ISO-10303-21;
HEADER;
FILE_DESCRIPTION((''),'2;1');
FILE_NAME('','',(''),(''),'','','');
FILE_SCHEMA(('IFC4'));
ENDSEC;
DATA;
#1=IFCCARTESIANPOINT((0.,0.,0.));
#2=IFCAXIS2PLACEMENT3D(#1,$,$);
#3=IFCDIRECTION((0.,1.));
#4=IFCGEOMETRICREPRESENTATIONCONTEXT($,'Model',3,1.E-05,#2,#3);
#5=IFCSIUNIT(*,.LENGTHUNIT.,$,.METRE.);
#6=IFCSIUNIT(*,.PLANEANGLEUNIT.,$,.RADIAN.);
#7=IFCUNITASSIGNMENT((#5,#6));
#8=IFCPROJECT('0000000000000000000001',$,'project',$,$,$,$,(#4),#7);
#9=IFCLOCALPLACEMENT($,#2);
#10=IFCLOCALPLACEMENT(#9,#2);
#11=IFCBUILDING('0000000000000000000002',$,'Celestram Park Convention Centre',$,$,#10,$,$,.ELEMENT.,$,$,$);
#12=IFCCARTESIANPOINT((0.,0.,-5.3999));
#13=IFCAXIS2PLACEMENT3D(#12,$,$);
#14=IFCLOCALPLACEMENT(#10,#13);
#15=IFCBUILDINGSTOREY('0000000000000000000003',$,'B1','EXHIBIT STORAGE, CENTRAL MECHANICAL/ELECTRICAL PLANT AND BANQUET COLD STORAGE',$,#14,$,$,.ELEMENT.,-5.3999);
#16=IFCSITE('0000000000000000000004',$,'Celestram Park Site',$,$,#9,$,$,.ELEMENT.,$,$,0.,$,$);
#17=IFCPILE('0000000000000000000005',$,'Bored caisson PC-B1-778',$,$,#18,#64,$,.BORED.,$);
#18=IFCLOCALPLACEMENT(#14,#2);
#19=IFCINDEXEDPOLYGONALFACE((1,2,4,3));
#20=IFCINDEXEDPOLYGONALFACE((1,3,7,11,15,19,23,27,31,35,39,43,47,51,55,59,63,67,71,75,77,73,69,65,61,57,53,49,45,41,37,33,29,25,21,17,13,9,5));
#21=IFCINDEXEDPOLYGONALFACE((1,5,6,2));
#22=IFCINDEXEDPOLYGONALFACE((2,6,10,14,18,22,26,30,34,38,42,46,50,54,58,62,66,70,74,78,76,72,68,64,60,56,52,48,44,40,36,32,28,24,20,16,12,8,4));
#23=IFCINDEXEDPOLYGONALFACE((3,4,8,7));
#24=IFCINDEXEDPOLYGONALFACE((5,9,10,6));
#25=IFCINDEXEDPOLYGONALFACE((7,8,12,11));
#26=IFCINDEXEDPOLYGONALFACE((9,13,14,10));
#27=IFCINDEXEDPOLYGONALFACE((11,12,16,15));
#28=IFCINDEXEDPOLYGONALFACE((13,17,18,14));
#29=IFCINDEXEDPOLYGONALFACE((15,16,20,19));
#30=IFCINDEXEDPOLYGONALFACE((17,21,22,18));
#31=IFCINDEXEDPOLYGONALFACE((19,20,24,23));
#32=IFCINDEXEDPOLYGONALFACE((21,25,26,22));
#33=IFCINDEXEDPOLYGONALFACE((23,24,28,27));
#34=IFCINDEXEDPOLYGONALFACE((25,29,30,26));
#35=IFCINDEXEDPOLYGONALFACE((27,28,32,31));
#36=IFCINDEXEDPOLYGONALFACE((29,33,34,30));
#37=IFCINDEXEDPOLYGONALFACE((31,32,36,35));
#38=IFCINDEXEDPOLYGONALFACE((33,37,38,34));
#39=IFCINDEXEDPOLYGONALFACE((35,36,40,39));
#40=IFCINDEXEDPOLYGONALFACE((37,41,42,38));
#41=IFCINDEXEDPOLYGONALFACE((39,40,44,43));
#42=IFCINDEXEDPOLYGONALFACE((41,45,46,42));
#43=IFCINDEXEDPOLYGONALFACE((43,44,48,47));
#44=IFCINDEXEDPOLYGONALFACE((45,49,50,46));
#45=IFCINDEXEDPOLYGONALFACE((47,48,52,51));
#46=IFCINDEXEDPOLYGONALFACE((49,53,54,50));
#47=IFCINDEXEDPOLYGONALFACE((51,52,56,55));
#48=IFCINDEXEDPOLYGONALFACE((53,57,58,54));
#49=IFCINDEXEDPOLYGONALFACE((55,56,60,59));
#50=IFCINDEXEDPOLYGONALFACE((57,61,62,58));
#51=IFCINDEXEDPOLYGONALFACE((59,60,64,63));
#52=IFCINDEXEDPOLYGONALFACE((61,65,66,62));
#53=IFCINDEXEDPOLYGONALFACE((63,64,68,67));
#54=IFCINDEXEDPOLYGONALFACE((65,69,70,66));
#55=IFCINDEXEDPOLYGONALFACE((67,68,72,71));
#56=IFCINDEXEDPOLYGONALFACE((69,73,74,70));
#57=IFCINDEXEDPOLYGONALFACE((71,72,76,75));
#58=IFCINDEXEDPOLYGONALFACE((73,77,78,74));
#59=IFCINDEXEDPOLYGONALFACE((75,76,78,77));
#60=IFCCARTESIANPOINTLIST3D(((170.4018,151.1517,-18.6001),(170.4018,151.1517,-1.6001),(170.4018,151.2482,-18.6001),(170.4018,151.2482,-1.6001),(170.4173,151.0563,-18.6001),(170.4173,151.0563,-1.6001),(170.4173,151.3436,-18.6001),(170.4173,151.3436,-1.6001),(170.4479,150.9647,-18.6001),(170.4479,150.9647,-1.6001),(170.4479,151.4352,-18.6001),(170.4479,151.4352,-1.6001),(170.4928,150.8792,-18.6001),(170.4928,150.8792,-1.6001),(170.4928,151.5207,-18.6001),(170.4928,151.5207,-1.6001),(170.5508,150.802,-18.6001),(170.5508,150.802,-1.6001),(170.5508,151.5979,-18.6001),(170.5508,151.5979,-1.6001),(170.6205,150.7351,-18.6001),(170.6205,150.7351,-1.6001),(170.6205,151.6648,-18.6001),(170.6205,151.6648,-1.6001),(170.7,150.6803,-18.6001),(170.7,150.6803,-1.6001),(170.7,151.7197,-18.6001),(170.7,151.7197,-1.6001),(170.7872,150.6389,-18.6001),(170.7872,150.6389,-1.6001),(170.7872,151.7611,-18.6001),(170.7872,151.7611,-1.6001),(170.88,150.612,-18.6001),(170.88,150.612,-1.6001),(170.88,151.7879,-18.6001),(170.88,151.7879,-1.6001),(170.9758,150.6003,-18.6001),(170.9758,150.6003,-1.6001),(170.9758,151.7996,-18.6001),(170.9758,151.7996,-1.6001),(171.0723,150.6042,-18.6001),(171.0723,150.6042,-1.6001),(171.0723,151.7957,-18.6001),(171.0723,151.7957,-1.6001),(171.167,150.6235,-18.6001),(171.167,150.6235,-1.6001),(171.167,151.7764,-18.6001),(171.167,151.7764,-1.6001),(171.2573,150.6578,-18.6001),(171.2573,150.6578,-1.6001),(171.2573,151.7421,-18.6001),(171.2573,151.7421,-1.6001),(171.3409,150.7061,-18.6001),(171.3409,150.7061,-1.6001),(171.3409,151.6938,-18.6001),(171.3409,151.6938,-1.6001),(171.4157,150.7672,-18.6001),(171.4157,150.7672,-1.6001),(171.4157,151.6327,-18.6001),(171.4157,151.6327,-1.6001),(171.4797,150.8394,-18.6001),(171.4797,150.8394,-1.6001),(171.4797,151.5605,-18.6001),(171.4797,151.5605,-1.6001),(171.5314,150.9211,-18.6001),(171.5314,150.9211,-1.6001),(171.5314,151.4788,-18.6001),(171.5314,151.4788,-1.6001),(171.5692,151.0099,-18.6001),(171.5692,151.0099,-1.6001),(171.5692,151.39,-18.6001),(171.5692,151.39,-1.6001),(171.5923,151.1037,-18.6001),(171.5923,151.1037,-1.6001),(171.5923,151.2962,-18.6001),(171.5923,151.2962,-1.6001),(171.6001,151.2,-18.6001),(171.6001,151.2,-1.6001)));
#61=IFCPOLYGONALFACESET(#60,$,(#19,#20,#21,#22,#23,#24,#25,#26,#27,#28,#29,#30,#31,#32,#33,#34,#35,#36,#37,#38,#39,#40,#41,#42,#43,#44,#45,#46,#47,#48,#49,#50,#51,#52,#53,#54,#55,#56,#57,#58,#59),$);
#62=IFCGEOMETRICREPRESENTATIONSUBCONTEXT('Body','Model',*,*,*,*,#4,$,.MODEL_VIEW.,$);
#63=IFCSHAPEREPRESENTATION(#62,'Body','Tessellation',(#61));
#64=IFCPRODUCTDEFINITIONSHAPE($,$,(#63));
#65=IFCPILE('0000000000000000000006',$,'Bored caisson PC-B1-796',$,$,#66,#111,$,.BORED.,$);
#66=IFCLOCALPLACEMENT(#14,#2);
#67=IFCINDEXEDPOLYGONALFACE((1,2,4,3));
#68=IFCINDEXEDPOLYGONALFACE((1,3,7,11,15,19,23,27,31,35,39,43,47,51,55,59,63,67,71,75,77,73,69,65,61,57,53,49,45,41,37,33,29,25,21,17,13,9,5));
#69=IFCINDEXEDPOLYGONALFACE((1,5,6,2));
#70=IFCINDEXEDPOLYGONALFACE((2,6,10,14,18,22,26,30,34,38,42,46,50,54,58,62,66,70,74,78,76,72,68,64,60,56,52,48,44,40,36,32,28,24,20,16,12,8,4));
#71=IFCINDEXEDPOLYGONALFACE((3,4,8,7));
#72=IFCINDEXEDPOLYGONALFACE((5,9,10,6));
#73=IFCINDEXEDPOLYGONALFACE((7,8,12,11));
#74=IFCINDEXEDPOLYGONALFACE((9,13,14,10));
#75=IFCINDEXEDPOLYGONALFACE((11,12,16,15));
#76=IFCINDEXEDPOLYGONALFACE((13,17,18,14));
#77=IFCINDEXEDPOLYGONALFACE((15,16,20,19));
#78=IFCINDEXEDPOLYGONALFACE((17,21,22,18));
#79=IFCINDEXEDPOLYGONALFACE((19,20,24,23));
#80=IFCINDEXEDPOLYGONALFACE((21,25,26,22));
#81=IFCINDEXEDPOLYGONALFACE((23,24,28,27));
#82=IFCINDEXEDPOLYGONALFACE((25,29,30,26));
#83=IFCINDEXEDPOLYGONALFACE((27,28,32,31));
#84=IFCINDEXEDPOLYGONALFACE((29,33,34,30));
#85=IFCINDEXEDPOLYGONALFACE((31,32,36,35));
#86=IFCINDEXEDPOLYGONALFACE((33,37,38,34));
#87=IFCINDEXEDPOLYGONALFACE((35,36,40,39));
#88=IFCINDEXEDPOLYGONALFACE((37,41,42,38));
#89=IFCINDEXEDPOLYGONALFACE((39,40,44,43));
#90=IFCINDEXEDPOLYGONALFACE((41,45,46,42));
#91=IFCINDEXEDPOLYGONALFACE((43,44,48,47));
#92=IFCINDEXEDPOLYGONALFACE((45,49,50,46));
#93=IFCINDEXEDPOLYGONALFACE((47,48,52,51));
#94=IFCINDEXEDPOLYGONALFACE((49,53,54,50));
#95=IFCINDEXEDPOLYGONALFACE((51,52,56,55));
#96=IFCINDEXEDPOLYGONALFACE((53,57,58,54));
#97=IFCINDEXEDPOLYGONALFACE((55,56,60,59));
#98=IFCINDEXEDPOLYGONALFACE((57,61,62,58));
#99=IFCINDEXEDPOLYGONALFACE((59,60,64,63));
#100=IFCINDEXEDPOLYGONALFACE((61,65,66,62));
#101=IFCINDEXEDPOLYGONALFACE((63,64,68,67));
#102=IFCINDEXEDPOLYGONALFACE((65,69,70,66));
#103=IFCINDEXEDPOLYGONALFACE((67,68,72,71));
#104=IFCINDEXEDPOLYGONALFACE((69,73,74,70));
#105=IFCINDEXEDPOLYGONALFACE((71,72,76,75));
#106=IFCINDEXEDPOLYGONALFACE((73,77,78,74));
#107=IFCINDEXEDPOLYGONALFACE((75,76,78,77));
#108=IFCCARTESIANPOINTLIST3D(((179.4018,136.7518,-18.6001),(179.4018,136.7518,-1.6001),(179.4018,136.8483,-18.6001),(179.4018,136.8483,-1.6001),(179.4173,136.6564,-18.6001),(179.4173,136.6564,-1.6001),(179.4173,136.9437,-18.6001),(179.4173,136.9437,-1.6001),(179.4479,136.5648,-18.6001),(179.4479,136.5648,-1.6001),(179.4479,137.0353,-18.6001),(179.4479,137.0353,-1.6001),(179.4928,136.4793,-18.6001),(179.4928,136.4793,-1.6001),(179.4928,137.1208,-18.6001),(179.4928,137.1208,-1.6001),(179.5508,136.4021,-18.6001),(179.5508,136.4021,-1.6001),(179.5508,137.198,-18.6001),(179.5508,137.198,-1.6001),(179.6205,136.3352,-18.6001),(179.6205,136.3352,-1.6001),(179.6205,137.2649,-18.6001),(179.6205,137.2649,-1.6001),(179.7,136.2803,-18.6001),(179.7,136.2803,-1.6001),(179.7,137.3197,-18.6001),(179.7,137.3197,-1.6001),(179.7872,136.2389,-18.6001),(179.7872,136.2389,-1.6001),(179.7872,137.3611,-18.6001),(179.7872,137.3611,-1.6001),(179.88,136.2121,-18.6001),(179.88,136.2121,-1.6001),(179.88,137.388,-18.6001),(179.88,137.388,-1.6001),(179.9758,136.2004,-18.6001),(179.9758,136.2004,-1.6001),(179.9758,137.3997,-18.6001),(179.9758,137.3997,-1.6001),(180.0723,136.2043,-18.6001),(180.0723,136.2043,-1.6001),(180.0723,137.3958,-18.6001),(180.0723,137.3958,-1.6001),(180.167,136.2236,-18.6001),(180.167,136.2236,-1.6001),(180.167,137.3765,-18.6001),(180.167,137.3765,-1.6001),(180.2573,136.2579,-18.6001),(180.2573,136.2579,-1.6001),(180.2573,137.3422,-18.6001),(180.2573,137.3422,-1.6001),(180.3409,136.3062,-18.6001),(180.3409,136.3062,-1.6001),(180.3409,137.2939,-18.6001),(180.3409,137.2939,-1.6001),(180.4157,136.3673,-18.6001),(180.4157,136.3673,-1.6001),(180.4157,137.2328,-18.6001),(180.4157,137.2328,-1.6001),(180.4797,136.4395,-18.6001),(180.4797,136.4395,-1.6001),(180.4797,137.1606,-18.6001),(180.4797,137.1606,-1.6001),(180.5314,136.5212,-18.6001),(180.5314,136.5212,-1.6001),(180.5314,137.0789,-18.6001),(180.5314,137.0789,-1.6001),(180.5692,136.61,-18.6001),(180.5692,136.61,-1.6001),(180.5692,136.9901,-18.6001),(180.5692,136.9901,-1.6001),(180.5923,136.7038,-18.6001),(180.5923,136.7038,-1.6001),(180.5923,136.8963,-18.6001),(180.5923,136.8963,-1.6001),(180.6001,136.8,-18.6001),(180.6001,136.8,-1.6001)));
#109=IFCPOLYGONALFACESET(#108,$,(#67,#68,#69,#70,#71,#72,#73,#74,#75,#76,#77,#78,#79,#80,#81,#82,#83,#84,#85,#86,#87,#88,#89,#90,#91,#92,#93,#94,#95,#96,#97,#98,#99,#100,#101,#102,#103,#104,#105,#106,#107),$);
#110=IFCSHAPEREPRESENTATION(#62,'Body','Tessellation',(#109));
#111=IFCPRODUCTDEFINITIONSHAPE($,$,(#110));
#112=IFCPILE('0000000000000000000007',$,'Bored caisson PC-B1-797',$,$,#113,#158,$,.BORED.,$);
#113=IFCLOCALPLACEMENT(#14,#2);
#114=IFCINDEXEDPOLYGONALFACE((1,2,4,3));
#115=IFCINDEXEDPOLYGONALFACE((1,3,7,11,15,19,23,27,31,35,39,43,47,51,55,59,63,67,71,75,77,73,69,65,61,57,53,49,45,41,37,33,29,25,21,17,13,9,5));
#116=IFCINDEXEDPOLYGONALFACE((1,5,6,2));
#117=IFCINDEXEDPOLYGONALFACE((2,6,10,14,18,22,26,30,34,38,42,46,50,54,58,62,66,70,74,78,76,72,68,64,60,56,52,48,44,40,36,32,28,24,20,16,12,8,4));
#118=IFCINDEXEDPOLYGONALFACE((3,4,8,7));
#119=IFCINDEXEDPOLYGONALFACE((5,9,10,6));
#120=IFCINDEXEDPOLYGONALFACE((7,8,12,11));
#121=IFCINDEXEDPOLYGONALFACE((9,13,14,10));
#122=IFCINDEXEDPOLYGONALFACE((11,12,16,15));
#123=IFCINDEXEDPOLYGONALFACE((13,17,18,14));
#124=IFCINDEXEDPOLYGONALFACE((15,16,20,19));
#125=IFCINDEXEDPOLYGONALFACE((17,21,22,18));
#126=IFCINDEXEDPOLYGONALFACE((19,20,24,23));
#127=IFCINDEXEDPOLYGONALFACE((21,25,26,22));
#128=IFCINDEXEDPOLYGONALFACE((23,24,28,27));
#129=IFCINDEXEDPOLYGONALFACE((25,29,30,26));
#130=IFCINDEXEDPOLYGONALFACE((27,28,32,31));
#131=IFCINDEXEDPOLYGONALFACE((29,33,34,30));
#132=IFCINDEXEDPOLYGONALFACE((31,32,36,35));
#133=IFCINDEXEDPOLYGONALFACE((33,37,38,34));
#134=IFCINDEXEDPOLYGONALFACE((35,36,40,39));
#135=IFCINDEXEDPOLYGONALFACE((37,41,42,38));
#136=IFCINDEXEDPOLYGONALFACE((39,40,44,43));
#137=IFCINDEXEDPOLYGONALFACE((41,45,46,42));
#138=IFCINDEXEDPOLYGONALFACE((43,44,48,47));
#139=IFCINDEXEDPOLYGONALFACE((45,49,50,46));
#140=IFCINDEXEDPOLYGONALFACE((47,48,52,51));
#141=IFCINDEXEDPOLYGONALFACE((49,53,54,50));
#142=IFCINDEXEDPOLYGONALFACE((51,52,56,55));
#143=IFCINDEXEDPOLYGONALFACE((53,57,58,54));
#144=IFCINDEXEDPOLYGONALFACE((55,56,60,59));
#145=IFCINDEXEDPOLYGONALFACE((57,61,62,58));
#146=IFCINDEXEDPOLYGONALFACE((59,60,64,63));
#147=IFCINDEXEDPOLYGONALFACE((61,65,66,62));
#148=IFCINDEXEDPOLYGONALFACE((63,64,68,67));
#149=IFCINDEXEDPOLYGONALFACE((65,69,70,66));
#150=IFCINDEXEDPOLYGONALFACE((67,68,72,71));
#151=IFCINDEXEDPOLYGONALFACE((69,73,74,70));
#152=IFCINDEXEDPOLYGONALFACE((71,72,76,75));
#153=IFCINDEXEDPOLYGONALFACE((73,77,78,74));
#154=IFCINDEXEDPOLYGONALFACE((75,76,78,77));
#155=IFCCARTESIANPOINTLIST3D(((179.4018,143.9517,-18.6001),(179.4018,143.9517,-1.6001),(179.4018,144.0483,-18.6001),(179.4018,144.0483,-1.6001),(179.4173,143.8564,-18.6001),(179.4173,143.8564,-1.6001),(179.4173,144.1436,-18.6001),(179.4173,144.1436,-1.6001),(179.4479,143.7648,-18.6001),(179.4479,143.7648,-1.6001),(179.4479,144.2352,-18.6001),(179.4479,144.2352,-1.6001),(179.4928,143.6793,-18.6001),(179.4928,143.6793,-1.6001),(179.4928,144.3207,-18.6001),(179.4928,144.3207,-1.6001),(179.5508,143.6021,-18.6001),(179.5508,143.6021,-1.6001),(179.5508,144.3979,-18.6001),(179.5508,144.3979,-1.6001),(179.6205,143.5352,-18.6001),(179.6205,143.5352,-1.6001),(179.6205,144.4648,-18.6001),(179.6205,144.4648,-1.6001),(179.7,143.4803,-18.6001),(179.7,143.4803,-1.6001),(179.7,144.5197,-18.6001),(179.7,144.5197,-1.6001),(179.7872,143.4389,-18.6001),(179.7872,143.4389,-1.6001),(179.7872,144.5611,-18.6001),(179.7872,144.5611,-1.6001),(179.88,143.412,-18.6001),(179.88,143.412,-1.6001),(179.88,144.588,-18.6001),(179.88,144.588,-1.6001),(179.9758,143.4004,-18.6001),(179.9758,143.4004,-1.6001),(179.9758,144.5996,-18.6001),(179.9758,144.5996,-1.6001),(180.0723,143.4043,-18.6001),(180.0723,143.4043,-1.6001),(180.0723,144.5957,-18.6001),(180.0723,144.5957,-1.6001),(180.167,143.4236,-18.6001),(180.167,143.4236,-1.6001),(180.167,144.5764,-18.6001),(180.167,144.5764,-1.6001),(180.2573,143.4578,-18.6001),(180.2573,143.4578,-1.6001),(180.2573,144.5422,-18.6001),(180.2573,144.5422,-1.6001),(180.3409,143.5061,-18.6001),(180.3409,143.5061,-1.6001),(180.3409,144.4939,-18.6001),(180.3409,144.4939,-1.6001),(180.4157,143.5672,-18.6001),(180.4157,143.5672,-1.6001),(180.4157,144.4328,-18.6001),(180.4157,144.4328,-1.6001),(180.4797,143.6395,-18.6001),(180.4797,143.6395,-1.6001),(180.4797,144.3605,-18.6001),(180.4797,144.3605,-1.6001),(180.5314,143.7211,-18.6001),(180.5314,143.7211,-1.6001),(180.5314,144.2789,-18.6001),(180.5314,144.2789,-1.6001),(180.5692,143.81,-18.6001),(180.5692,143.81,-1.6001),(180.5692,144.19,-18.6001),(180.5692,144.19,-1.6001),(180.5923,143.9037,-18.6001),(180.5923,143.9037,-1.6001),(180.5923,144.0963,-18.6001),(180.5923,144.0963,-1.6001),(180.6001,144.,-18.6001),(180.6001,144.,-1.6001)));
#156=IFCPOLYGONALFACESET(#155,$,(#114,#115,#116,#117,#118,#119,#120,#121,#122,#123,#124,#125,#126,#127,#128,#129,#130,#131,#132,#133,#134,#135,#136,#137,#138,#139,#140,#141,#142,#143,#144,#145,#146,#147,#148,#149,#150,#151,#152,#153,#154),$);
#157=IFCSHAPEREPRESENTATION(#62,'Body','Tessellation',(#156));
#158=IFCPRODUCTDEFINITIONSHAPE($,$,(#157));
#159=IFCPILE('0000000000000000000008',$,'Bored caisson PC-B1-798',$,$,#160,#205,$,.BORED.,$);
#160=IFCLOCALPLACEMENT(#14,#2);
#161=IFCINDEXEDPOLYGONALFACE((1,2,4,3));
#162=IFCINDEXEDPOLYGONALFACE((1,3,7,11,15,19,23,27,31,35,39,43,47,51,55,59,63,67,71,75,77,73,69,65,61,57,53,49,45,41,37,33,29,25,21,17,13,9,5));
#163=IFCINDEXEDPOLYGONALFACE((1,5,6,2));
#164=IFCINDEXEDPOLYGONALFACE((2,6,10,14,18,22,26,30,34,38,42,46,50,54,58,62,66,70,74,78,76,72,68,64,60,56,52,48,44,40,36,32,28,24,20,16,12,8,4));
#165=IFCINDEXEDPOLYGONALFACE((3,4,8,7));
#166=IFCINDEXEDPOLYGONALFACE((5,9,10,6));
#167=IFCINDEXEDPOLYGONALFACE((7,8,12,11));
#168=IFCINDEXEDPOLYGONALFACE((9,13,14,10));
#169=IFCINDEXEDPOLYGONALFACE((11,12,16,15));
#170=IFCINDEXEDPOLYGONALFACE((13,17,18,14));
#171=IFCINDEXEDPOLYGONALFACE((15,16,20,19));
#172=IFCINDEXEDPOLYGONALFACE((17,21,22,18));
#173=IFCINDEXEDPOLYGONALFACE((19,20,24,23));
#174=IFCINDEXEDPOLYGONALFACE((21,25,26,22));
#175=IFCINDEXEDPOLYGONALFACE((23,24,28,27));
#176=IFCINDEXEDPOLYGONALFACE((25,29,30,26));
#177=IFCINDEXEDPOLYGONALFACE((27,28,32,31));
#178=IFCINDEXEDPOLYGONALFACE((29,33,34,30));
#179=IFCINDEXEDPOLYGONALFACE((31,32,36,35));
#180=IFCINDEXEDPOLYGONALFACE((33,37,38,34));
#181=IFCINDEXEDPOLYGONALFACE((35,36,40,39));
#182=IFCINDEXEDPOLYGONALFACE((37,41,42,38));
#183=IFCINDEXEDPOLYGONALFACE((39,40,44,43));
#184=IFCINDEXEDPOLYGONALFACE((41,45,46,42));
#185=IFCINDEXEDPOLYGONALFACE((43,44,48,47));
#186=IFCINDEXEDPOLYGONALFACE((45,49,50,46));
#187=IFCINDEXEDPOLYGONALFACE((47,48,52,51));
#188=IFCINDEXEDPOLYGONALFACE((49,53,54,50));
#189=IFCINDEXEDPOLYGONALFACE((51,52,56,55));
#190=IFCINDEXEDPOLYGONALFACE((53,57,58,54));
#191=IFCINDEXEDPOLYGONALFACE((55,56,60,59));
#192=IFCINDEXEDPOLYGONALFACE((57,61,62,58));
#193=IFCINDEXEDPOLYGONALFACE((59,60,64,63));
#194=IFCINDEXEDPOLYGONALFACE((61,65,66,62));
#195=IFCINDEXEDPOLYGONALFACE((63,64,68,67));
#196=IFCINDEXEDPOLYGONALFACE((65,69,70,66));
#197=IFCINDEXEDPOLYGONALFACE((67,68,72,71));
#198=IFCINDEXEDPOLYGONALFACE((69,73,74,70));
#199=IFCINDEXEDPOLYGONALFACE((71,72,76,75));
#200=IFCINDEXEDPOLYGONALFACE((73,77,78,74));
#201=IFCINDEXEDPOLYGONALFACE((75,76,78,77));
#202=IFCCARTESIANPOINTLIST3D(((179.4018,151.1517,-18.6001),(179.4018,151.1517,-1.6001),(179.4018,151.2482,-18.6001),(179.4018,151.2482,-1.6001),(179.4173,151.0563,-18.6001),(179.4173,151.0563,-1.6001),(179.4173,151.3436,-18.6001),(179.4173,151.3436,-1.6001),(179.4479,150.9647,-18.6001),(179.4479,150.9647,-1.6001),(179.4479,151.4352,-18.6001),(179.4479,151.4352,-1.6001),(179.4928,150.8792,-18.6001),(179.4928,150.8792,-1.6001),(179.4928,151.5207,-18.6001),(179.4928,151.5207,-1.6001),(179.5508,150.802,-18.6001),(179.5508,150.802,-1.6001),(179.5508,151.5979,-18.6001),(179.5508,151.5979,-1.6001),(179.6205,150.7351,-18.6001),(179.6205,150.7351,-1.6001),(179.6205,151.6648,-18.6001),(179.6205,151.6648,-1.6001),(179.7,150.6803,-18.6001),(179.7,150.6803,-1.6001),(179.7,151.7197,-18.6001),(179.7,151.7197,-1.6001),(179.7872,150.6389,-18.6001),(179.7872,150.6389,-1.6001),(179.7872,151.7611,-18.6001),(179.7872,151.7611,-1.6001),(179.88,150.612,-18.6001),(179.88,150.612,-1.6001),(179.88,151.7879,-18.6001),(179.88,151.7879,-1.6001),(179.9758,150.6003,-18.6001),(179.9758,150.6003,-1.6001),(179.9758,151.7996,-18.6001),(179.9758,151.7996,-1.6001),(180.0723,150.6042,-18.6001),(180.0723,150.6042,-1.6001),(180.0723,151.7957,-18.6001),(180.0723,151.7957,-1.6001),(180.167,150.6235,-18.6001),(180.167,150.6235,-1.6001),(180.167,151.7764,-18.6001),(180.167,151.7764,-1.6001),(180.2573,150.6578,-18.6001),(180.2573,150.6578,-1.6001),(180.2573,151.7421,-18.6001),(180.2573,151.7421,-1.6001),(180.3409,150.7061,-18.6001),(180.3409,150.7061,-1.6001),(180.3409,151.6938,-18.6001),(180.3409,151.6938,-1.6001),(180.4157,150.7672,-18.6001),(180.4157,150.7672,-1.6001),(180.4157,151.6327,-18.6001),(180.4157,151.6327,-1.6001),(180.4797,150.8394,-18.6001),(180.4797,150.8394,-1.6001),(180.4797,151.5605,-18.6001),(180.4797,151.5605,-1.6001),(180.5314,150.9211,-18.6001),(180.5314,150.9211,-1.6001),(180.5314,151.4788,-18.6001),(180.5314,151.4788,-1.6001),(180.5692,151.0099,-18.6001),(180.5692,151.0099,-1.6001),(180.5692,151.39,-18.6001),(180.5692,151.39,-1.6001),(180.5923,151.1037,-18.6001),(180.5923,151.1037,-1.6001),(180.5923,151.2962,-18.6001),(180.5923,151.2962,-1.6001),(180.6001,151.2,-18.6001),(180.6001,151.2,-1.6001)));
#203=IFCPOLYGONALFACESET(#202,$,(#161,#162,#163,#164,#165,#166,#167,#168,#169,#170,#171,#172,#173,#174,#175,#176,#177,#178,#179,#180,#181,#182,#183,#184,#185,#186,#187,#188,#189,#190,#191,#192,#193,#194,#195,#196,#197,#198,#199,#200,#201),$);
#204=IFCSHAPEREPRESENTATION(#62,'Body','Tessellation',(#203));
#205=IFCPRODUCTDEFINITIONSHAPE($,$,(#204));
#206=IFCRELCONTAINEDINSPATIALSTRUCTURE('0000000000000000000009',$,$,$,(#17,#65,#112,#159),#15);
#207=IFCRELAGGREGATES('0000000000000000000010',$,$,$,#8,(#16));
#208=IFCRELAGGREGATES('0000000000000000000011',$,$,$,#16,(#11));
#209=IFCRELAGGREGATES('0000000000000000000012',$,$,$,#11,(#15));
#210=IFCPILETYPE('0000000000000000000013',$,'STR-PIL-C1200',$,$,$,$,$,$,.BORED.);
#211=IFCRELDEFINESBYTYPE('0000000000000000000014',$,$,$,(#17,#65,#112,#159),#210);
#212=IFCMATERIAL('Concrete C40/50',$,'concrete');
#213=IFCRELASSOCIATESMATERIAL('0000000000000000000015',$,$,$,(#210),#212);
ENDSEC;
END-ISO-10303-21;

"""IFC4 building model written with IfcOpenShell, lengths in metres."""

from ifc_helpers import new_model, si_unit, direction, frame, origin, origin_2d, place, context, subcontext, project, spatial, circle, extrude, material, material_profile, profile_set, type_object, element, save


model = new_model("IFC4")

# Units and contexts
model_context = context("Model", 3, precision=1e-05, world=origin(), true_north=direction((0.0, 1.0)))
body_context = subcontext(model_context, "Body", "Model", "MODEL_VIEW")
ifc_project = project(units=[si_unit("LENGTHUNIT", "METRE"), si_unit("PLANEANGLEUNIT", "RADIAN")], contexts=[model_context])

# Site, building, storey
site_placement = place(None, origin())
site = spatial("IfcSite", under=ifc_project, at=site_placement, Name="Celestram Park Site", CompositionType="ELEMENT", RefElevation=0.0)
building_placement = place(site_placement, origin())
building = spatial("IfcBuilding", under=site, at=building_placement, Name="Celestram Park Convention Centre", CompositionType="ELEMENT")
storey_placement = place(building_placement, frame((0.0, 0.0, -5.3999)))
storey = spatial("IfcBuildingStorey", under=building, at=storey_placement, Name="B1", Description="EXHIBIT STORAGE, CENTRAL MECHANICAL/ELECTRICAL PLANT AND BANQUET COLD STORAGE", CompositionType="ELEMENT", Elevation=-5.3999)

# Shared definitions
ifc_material_1 = material(Name="Concrete C40/50", Category="concrete")

# Piles
ifc_material_profile_1 = material_profile(ifc_material_1, circle(Radius=0.6001, at=origin_2d()), Name="CAISSON1200")
ifc_profile_set_1 = profile_set([ifc_material_profile_1], Name="Concrete C40/50")
pile_type = type_object("IfcPileType", Name="STR-PIL-C1200", PredefinedType="BORED", material=ifc_profile_set_1)
for number, where, z_axis, x_axis, name in (
    (1, (171.0, 151.2, -1.6001), (0.0, 0.0, -1.0), (1.0, 0.0, 0.0), "Bored caisson PC-B1-778"),
    (2, (180.0, 136.8, -1.6001), (0.0, 0.0, -1.0), (1.0, 0.0, 0.0), "Bored caisson PC-B1-796"),
    (3, (180.0, 144.0, -1.6001), (0.0, 0.0, -1.0), (1.0, 0.0, 0.0), "Bored caisson PC-B1-797"),
    (4, (180.0, 151.2, -1.6001), (0.0, 0.0, -1.0), (1.0, 0.0, 0.0), "Bored caisson PC-B1-798"),
):
    element("IfcPile", number, at=place(storey_placement, frame(where, z_axis=z_axis, x_axis=x_axis)), inside=storey, type_object=pile_type, Name=name, PredefinedType="BORED", context=body_context, shape_type="SweptSolid", body=[
        extrude(circle(Radius=0.6001, at=origin_2d()), origin(), (0.0, 0.0, 1.0), 17.0),
    ])

save(model, "model.ifc")
